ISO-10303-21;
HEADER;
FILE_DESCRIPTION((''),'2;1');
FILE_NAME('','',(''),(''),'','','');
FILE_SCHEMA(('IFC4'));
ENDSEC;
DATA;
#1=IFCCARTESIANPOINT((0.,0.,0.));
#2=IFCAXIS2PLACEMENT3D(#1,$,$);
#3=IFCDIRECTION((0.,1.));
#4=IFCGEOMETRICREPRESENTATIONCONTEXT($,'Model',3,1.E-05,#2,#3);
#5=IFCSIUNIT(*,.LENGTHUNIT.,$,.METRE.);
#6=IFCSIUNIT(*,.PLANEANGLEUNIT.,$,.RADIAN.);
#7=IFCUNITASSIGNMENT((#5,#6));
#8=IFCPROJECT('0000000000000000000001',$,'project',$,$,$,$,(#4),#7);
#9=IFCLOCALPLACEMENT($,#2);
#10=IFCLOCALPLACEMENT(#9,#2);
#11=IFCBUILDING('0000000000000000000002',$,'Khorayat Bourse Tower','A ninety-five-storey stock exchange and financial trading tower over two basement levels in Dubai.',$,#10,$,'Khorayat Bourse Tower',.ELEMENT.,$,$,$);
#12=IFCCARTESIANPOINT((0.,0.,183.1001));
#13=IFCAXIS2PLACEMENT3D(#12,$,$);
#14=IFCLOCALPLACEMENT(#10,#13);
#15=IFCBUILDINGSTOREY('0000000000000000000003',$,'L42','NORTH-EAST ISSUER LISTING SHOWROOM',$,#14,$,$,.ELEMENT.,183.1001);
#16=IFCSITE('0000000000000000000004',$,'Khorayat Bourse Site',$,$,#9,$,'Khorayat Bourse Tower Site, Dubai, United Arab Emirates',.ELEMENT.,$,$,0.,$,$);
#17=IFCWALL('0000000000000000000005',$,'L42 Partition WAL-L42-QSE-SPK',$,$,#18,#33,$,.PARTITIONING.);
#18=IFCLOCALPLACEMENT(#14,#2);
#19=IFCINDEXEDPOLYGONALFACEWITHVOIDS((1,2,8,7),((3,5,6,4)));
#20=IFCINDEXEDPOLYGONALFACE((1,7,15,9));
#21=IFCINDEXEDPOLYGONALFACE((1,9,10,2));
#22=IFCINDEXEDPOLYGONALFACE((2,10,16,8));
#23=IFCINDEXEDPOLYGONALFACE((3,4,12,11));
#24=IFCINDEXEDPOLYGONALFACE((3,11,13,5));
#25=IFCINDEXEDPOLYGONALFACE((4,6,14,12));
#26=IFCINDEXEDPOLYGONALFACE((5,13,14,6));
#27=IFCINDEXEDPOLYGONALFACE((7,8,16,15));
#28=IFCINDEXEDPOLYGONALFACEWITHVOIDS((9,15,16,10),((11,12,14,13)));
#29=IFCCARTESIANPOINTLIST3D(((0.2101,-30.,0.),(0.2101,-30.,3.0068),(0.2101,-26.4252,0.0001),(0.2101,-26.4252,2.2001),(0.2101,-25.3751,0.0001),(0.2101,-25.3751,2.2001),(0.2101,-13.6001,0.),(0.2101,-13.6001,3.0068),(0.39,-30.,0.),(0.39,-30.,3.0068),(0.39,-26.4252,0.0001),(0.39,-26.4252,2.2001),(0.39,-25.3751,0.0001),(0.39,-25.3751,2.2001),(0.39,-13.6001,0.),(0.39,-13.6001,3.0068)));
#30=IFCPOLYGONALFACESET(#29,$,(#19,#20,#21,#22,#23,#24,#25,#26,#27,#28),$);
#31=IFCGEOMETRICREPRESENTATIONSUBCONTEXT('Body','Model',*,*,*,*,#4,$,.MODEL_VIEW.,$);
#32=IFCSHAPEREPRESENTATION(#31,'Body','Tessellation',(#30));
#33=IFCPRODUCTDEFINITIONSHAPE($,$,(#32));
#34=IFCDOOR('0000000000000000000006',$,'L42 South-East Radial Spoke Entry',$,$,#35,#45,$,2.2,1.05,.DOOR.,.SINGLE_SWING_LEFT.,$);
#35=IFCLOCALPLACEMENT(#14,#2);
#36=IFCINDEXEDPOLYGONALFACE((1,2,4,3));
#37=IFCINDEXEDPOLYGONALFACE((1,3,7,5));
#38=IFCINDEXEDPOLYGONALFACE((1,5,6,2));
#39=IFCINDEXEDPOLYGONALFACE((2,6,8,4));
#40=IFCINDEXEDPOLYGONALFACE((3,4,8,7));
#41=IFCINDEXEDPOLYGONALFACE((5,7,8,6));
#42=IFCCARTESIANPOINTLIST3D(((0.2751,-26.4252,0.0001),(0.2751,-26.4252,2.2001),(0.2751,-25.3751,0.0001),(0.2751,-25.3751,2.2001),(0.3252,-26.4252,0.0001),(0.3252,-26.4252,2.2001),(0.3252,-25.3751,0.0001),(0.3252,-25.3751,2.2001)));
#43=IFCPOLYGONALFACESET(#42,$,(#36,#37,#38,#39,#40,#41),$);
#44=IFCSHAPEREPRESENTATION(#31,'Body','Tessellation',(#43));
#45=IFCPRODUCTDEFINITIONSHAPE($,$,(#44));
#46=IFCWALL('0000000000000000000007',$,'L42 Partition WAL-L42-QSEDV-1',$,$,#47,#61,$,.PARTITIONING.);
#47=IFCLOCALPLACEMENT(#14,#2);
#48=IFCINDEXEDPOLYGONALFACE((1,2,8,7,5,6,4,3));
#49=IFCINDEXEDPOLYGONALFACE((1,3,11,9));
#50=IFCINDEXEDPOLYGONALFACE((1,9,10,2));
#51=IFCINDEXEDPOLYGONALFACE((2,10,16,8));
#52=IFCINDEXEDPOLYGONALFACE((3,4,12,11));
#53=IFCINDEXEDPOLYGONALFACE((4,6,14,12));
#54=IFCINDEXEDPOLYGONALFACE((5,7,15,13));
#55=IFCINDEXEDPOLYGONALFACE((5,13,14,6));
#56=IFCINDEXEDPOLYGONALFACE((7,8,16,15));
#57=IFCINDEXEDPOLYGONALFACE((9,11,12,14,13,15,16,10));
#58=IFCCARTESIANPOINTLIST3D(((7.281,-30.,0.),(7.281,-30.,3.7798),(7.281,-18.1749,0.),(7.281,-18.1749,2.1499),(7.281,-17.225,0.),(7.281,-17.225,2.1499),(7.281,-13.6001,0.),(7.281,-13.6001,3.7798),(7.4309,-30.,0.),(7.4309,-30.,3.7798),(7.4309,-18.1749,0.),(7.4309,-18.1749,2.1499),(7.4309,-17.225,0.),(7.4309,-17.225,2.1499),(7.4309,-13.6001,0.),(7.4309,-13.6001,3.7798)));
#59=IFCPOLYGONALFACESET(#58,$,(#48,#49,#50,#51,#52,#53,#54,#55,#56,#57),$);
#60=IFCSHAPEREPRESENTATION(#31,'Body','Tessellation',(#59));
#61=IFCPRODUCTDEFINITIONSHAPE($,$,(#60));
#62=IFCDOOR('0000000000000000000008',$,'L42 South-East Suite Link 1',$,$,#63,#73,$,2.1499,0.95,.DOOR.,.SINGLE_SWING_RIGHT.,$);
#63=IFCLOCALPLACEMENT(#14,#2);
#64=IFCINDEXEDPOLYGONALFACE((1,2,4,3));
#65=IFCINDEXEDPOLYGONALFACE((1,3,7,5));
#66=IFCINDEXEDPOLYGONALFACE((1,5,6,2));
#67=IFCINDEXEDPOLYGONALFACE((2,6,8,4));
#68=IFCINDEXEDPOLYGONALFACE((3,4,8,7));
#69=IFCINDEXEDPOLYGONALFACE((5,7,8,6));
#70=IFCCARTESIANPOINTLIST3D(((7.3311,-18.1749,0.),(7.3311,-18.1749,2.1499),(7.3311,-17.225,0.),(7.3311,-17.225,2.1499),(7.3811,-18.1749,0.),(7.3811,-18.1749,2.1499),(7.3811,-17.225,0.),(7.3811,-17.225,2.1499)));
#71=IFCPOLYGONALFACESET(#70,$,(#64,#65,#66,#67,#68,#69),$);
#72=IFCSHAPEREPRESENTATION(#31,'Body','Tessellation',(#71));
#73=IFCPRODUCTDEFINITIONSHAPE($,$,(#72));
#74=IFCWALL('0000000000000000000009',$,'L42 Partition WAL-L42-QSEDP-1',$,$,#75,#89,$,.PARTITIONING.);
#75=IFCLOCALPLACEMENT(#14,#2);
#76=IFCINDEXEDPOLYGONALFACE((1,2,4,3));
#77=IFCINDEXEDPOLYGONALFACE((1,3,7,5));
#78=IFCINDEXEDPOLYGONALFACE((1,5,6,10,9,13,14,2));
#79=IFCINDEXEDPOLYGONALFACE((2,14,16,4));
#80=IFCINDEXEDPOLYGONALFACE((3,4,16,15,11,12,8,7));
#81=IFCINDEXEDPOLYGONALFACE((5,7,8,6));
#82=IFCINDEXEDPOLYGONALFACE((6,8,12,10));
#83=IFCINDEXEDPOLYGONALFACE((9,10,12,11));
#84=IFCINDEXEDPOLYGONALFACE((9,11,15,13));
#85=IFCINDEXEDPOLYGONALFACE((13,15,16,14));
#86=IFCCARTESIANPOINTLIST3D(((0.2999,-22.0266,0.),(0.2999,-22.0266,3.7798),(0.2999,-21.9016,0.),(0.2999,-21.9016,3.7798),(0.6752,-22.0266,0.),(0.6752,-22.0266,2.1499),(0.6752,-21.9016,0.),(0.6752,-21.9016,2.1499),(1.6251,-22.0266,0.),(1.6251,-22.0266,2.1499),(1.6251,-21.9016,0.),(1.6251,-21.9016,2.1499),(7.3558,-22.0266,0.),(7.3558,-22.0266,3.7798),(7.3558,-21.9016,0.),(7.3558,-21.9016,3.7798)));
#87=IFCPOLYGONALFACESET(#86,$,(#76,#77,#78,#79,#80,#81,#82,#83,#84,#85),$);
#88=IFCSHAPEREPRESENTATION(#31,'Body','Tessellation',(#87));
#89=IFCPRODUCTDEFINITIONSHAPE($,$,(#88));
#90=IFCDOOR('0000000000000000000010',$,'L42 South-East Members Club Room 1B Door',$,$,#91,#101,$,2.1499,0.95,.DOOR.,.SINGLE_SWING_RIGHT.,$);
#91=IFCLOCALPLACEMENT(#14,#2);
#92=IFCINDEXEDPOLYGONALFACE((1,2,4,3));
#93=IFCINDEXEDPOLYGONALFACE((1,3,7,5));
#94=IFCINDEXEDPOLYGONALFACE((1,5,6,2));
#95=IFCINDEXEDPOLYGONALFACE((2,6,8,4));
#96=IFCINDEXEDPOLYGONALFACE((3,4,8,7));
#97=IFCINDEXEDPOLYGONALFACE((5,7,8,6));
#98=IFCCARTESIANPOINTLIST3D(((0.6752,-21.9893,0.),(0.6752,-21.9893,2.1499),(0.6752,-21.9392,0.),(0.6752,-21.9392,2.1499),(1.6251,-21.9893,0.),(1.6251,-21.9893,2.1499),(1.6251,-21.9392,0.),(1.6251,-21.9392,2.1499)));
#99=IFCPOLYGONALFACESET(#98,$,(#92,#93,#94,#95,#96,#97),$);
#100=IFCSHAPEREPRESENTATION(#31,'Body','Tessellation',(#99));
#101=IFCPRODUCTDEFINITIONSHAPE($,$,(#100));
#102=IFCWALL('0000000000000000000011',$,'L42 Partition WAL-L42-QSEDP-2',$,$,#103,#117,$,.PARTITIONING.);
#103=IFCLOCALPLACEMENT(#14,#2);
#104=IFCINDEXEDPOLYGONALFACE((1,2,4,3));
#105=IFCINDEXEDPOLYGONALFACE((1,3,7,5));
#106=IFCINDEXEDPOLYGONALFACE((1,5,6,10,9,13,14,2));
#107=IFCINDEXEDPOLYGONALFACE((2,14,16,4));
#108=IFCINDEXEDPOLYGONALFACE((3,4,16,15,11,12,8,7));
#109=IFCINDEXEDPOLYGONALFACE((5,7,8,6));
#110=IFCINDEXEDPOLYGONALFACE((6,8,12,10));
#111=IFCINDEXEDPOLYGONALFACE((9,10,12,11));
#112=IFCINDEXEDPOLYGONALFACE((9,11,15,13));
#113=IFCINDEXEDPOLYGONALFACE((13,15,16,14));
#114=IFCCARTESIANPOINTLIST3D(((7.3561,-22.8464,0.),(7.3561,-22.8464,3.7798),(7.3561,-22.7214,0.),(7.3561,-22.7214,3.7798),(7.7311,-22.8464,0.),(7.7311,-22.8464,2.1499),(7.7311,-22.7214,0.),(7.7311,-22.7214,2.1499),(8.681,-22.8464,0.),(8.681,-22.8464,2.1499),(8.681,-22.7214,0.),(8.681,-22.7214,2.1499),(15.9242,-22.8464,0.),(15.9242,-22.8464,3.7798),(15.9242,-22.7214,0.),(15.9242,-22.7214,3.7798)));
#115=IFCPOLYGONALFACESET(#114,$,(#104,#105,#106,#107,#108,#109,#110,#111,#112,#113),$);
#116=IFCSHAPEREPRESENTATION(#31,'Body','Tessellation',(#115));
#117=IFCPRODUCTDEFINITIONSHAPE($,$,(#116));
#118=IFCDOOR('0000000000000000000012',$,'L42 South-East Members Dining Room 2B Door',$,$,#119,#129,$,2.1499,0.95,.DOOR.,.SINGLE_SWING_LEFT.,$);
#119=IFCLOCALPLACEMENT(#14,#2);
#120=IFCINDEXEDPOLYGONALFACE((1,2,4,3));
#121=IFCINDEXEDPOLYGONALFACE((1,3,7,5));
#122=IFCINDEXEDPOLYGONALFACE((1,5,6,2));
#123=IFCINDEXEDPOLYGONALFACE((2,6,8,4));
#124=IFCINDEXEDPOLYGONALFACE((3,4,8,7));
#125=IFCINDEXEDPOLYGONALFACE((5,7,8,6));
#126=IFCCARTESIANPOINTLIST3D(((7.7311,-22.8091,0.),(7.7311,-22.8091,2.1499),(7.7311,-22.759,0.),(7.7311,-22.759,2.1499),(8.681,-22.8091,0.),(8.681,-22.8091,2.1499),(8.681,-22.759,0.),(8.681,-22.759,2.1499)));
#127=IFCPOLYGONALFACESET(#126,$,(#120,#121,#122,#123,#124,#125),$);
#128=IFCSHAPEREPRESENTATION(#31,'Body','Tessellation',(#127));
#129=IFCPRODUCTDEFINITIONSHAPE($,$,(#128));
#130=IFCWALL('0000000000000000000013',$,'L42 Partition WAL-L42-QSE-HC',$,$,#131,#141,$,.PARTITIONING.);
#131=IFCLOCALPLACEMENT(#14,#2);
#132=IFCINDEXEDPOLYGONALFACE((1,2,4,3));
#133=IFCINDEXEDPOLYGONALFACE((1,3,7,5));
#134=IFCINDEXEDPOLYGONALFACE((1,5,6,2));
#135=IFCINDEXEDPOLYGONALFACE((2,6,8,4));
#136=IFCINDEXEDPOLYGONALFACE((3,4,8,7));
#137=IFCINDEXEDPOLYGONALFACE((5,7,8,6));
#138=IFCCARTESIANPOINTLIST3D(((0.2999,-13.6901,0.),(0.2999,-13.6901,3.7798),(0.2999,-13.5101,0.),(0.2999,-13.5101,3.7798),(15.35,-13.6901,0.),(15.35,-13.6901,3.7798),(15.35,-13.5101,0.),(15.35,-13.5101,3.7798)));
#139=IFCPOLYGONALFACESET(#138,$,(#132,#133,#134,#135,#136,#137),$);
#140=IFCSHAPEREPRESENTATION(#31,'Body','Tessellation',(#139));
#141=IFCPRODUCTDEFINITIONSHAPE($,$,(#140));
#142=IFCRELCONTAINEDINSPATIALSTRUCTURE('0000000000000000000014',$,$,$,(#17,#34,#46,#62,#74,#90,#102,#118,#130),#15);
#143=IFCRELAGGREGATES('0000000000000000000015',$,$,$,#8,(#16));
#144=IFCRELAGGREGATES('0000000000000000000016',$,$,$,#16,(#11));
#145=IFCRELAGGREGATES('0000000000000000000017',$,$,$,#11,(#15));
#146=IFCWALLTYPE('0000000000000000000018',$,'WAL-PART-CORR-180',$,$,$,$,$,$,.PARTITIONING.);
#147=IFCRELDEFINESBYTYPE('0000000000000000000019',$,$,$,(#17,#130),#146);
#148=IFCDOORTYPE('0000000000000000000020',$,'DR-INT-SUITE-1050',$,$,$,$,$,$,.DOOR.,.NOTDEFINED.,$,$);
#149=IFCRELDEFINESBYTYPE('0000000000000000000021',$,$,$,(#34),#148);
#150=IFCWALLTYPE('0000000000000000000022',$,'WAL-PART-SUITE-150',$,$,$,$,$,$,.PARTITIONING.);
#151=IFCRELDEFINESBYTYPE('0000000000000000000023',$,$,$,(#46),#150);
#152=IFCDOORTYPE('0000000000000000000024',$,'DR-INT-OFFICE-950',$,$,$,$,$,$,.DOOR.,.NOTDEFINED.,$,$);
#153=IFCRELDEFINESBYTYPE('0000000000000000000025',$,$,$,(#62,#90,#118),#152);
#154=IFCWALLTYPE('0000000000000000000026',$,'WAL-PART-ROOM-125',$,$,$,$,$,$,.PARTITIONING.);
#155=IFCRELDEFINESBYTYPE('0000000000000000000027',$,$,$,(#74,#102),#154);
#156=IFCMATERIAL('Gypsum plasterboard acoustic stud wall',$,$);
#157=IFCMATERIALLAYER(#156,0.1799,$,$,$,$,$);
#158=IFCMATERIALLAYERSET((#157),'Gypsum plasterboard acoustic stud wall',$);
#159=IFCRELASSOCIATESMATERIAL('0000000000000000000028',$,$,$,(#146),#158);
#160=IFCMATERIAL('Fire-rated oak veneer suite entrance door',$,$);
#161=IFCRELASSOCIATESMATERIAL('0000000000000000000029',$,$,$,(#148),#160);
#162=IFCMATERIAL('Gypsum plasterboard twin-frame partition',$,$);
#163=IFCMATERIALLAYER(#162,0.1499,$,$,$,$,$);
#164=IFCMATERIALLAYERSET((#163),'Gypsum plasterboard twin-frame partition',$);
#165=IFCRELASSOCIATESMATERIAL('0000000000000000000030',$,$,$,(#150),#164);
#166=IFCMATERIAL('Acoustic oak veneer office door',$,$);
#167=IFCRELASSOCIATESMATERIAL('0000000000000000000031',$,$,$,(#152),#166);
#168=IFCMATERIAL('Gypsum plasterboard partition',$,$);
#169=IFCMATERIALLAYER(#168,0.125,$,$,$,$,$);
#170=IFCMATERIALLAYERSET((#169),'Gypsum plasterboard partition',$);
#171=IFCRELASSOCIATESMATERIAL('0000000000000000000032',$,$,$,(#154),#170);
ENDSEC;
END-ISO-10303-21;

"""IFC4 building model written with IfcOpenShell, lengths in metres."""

from ifc_helpers import new_model, si_unit, direction, frame, frame_2d, origin, place, context, subcontext, project, spatial, rectangle, extrude, source, transform, mapped, material, layer, layer_set, type_object, element, fill, save


model = new_model("IFC4")

# Units and contexts
model_context = context("Model", 3, precision=1e-05, world=origin(), true_north=direction((0.0, 1.0)))
body_context = subcontext(model_context, "Body", "Model", "MODEL_VIEW")
ifc_project = project(units=[si_unit("LENGTHUNIT", "METRE"), si_unit("PLANEANGLEUNIT", "RADIAN")], contexts=[model_context])

# Site, building, storey
site_placement = place(None, origin())
site = spatial("IfcSite", under=ifc_project, at=site_placement, Name="Khorayat Bourse Site", LongName="Khorayat Bourse Tower Site, Dubai, United Arab Emirates", CompositionType="ELEMENT", RefElevation=0.0)
building_placement = place(site_placement, origin())
building = spatial("IfcBuilding", under=site, at=building_placement, Name="Khorayat Bourse Tower", Description="A ninety-five-storey stock exchange and financial trading tower over two basement levels in Dubai.", LongName="Khorayat Bourse Tower", CompositionType="ELEMENT")
storey_placement = place(building_placement, frame((0.0, 0.0, 183.1001)))
storey = spatial("IfcBuildingStorey", under=building, at=storey_placement, Name="L42", Description="NORTH-EAST ISSUER LISTING SHOWROOM", CompositionType="ELEMENT", Elevation=183.1001)

# Shared definitions
ifc_material_1 = material(Name="Gypsum plasterboard acoustic stud wall")
ifc_layer_1 = layer(ifc_material_1, 0.1799)
ifc_layer_set_1 = layer_set([ifc_layer_1], Name="Gypsum plasterboard acoustic stud wall")
wall_type_1 = type_object("IfcWallType", Name="WAL-PART-CORR-180", PredefinedType="PARTITIONING", material=ifc_layer_set_1)

# Walls, openings, doors
shared_shape_1 = source(origin(), body_context, "Body", "SweptSolid", [
    extrude(rectangle(XDim=16.3999, YDim=0.1799, at=frame_2d((8.2, 0.0))), origin(), (0.0, 0.0, 1.0), 3.0068),
])
wall_1_placement = place(storey_placement, frame((0.3, -30.0, 0.0), z_axis=(0.0, 0.0, 1.0), x_axis=(0.0, 1.0, 0.0)))
wall_1 = element("IfcWall", 1, at=wall_1_placement, inside=storey, type_object=wall_type_1, Name="L42 Partition WAL-L42-QSE-SPK", PredefinedType="PARTITIONING", context=body_context, shape_type="MappedRepresentation", body=[
    mapped(shared_shape_1, transform((0.0, 0.0, 0.0), scale=1.0)),
])
shared_shape_2 = source(origin(), body_context, "Body", "SweptSolid", [
    extrude(rectangle(XDim=1.05, YDim=2.2, at=frame_2d((0.5249, 1.1001))), frame((0.0, 0.0999, 0.0), z_axis=(0.0, -1.0, 0.0), x_axis=(1.0, 0.0, 0.0)), (0.0, 0.0, 1.0), 0.2),
])
opening_1_placement = place(wall_1_placement, frame((3.575, 0.0, 0.0)))
opening_1 = element("IfcOpeningElement", 2, at=opening_1_placement, cuts=wall_1, PredefinedType="OPENING", context=body_context, shape_type="MappedRepresentation", body=[
    mapped(shared_shape_2, transform((0.0, 0.0, 0.0), scale=1.0)),
])
ifc_material_2 = material(Name="Fire-rated oak veneer suite entrance door")
door_type_1 = type_object("IfcDoorType", Name="DR-INT-SUITE-1050", OperationType="NOTDEFINED", PredefinedType="DOOR", material=ifc_material_2)
shared_shape_3 = source(origin(), body_context, "Body", "SweptSolid", [
    extrude(rectangle(XDim=1.05, YDim=2.2, at=frame_2d((0.5249, 1.1001))), frame((0.0, 0.0249, 0.0), z_axis=(0.0, -1.0, 0.0), x_axis=(1.0, 0.0, 0.0)), (0.0, 0.0, 1.0), 0.05),
])
door_1_placement = place(opening_1_placement, origin())
door_1 = element("IfcDoor", 3, at=door_1_placement, inside=storey, type_object=door_type_1, Name="L42 South-East Radial Spoke Entry", OperationType="SINGLE_SWING_LEFT", OverallHeight=2.2, OverallWidth=1.05, PredefinedType="DOOR", context=body_context, shape_type="MappedRepresentation", body=[
    mapped(shared_shape_3, transform((0.0, 0.0, 0.0), scale=1.0)),
])
fill(opening_1, door_1)
ifc_material_3 = material(Name="Gypsum plasterboard twin-frame partition")
ifc_layer_2 = layer(ifc_material_3, 0.1499)
ifc_layer_set_2 = layer_set([ifc_layer_2], Name="Gypsum plasterboard twin-frame partition")
wall_type_2 = type_object("IfcWallType", Name="WAL-PART-SUITE-150", PredefinedType="PARTITIONING", material=ifc_layer_set_2)
shared_shape_4 = source(origin(), body_context, "Body", "SweptSolid", [
    extrude(rectangle(XDim=16.3999, YDim=0.1499, at=frame_2d((8.2, 0.0))), origin(), (0.0, 0.0, 1.0), 3.7798),
])
wall_2_placement = place(storey_placement, frame((7.356, -30.0, 0.0), z_axis=(0.0, 0.0, 1.0), x_axis=(0.0, 1.0, 0.0)))
wall_2 = element("IfcWall", 4, at=wall_2_placement, inside=storey, type_object=wall_type_2, Name="L42 Partition WAL-L42-QSEDV-1", PredefinedType="PARTITIONING", context=body_context, shape_type="MappedRepresentation", body=[
    mapped(shared_shape_4, transform((0.0, 0.0, 0.0), scale=1.0)),
])
shared_shape_5 = source(origin(), body_context, "Body", "SweptSolid", [
    extrude(rectangle(XDim=0.95, YDim=2.1499, at=frame_2d((0.4751, 1.075))), frame((0.0, 0.085, 0.0), z_axis=(0.0, -1.0, 0.0), x_axis=(1.0, 0.0, 0.0)), (0.0, 0.0, 1.0), 0.1699),
])
opening_2_placement = place(wall_2_placement, frame((11.825, 0.0, 0.0)))
opening_2 = element("IfcOpeningElement", 5, at=opening_2_placement, cuts=wall_2, PredefinedType="OPENING", context=body_context, shape_type="MappedRepresentation", body=[
    mapped(shared_shape_5, transform((0.0, 0.0, 0.0), scale=1.0)),
])
ifc_material_4 = material(Name="Acoustic oak veneer office door")
door_type_2 = type_object("IfcDoorType", Name="DR-INT-OFFICE-950", OperationType="NOTDEFINED", PredefinedType="DOOR", material=ifc_material_4)
shared_shape_6 = source(origin(), body_context, "Body", "SweptSolid", [
    extrude(rectangle(XDim=0.95, YDim=2.1499, at=frame_2d((0.4751, 1.075))), frame((0.0, 0.0249, 0.0), z_axis=(0.0, -1.0, 0.0), x_axis=(1.0, 0.0, 0.0)), (0.0, 0.0, 1.0), 0.05),
])
door_2_placement = place(opening_2_placement, origin())
door_2 = element("IfcDoor", 6, at=door_2_placement, inside=storey, type_object=door_type_2, Name="L42 South-East Suite Link 1", OperationType="SINGLE_SWING_RIGHT", OverallHeight=2.1499, OverallWidth=0.95, PredefinedType="DOOR", context=body_context, shape_type="MappedRepresentation", body=[
    mapped(shared_shape_6, transform((0.0, 0.0, 0.0), scale=1.0)),
])
fill(opening_2, door_2)
ifc_material_5 = material(Name="Gypsum plasterboard partition")
ifc_layer_3 = layer(ifc_material_5, 0.125)
ifc_layer_set_3 = layer_set([ifc_layer_3], Name="Gypsum plasterboard partition")
wall_type_3 = type_object("IfcWallType", Name="WAL-PART-ROOM-125", PredefinedType="PARTITIONING", material=ifc_layer_set_3)
shared_shape_7 = source(origin(), body_context, "Body", "SweptSolid", [
    extrude(rectangle(XDim=7.0559, YDim=0.125, at=frame_2d((3.5278, 0.0))), origin(), (0.0, 0.0, 1.0), 3.7798),
])
wall_3_placement = place(storey_placement, frame((0.3, -21.9641, 0.0), z_axis=(0.0, 0.0, 1.0), x_axis=(1.0, 0.0, 0.0)))
wall_3 = element("IfcWall", 7, at=wall_3_placement, inside=storey, type_object=wall_type_3, Name="L42 Partition WAL-L42-QSEDP-1", PredefinedType="PARTITIONING", context=body_context, shape_type="MappedRepresentation", body=[
    mapped(shared_shape_7, transform((0.0, 0.0, 0.0), scale=1.0)),
])
shared_shape_8 = source(origin(), body_context, "Body", "SweptSolid", [
    extrude(rectangle(XDim=0.95, YDim=2.1499, at=frame_2d((0.4751, 1.075))), frame((0.0, 0.0725, 0.0), z_axis=(0.0, -1.0, 0.0), x_axis=(1.0, 0.0, 0.0)), (0.0, 0.0, 1.0), 0.145),
])
opening_3_placement = place(wall_3_placement, frame((0.375, 0.0, 0.0)))
opening_3 = element("IfcOpeningElement", 8, at=opening_3_placement, cuts=wall_3, PredefinedType="OPENING", context=body_context, shape_type="MappedRepresentation", body=[
    mapped(shared_shape_8, transform((0.0, 0.0, 0.0), scale=1.0)),
])
door_3_placement = place(opening_3_placement, origin())
door_3 = element("IfcDoor", 9, at=door_3_placement, inside=storey, type_object=door_type_2, Name="L42 South-East Members Club Room 1B Door", OperationType="SINGLE_SWING_RIGHT", OverallHeight=2.1499, OverallWidth=0.95, PredefinedType="DOOR", context=body_context, shape_type="MappedRepresentation", body=[
    mapped(shared_shape_6, transform((0.0, 0.0, 0.0), scale=1.0)),
])
fill(opening_3, door_3)
shared_shape_9 = source(origin(), body_context, "Body", "SweptSolid", [
    extrude(rectangle(XDim=8.5681, YDim=0.125, at=frame_2d((4.2842, 0.0))), origin(), (0.0, 0.0, 1.0), 3.7798),
])
wall_4_placement = place(storey_placement, frame((7.356, -22.7839, 0.0), z_axis=(0.0, 0.0, 1.0), x_axis=(1.0, 0.0, 0.0)))
wall_4 = element("IfcWall", 10, at=wall_4_placement, inside=storey, type_object=wall_type_3, Name="L42 Partition WAL-L42-QSEDP-2", PredefinedType="PARTITIONING", context=body_context, shape_type="MappedRepresentation", body=[
    mapped(shared_shape_9, transform((0.0, 0.0, 0.0), scale=1.0)),
])
opening_4_placement = place(wall_4_placement, frame((0.375, 0.0, 0.0)))
opening_4 = element("IfcOpeningElement", 11, at=opening_4_placement, cuts=wall_4, PredefinedType="OPENING", context=body_context, shape_type="MappedRepresentation", body=[
    mapped(shared_shape_8, transform((0.0, 0.0, 0.0), scale=1.0)),
])
door_4_placement = place(opening_4_placement, origin())
door_4 = element("IfcDoor", 12, at=door_4_placement, inside=storey, type_object=door_type_2, Name="L42 South-East Members Dining Room 2B Door", OperationType="SINGLE_SWING_LEFT", OverallHeight=2.1499, OverallWidth=0.95, PredefinedType="DOOR", context=body_context, shape_type="MappedRepresentation", body=[
    mapped(shared_shape_6, transform((0.0, 0.0, 0.0), scale=1.0)),
])
fill(opening_4, door_4)

# Wall
shared_shape_10 = source(origin(), body_context, "Body", "SweptSolid", [
    extrude(rectangle(XDim=15.05, YDim=0.1799, at=frame_2d((7.5249, 0.0))), origin(), (0.0, 0.0, 1.0), 3.7798),
])
wall_5_placement = place(storey_placement, frame((0.3, -13.6001, 0.0), z_axis=(0.0, 0.0, 1.0), x_axis=(1.0, 0.0, 0.0)))
element("IfcWall", 13, at=wall_5_placement, inside=storey, type_object=wall_type_1, Name="L42 Partition WAL-L42-QSE-HC", PredefinedType="PARTITIONING", context=body_context, shape_type="MappedRepresentation", body=[
    mapped(shared_shape_10, transform((0.0, 0.0, 0.0), scale=1.0)),
])

save(model, "model.ifc")
